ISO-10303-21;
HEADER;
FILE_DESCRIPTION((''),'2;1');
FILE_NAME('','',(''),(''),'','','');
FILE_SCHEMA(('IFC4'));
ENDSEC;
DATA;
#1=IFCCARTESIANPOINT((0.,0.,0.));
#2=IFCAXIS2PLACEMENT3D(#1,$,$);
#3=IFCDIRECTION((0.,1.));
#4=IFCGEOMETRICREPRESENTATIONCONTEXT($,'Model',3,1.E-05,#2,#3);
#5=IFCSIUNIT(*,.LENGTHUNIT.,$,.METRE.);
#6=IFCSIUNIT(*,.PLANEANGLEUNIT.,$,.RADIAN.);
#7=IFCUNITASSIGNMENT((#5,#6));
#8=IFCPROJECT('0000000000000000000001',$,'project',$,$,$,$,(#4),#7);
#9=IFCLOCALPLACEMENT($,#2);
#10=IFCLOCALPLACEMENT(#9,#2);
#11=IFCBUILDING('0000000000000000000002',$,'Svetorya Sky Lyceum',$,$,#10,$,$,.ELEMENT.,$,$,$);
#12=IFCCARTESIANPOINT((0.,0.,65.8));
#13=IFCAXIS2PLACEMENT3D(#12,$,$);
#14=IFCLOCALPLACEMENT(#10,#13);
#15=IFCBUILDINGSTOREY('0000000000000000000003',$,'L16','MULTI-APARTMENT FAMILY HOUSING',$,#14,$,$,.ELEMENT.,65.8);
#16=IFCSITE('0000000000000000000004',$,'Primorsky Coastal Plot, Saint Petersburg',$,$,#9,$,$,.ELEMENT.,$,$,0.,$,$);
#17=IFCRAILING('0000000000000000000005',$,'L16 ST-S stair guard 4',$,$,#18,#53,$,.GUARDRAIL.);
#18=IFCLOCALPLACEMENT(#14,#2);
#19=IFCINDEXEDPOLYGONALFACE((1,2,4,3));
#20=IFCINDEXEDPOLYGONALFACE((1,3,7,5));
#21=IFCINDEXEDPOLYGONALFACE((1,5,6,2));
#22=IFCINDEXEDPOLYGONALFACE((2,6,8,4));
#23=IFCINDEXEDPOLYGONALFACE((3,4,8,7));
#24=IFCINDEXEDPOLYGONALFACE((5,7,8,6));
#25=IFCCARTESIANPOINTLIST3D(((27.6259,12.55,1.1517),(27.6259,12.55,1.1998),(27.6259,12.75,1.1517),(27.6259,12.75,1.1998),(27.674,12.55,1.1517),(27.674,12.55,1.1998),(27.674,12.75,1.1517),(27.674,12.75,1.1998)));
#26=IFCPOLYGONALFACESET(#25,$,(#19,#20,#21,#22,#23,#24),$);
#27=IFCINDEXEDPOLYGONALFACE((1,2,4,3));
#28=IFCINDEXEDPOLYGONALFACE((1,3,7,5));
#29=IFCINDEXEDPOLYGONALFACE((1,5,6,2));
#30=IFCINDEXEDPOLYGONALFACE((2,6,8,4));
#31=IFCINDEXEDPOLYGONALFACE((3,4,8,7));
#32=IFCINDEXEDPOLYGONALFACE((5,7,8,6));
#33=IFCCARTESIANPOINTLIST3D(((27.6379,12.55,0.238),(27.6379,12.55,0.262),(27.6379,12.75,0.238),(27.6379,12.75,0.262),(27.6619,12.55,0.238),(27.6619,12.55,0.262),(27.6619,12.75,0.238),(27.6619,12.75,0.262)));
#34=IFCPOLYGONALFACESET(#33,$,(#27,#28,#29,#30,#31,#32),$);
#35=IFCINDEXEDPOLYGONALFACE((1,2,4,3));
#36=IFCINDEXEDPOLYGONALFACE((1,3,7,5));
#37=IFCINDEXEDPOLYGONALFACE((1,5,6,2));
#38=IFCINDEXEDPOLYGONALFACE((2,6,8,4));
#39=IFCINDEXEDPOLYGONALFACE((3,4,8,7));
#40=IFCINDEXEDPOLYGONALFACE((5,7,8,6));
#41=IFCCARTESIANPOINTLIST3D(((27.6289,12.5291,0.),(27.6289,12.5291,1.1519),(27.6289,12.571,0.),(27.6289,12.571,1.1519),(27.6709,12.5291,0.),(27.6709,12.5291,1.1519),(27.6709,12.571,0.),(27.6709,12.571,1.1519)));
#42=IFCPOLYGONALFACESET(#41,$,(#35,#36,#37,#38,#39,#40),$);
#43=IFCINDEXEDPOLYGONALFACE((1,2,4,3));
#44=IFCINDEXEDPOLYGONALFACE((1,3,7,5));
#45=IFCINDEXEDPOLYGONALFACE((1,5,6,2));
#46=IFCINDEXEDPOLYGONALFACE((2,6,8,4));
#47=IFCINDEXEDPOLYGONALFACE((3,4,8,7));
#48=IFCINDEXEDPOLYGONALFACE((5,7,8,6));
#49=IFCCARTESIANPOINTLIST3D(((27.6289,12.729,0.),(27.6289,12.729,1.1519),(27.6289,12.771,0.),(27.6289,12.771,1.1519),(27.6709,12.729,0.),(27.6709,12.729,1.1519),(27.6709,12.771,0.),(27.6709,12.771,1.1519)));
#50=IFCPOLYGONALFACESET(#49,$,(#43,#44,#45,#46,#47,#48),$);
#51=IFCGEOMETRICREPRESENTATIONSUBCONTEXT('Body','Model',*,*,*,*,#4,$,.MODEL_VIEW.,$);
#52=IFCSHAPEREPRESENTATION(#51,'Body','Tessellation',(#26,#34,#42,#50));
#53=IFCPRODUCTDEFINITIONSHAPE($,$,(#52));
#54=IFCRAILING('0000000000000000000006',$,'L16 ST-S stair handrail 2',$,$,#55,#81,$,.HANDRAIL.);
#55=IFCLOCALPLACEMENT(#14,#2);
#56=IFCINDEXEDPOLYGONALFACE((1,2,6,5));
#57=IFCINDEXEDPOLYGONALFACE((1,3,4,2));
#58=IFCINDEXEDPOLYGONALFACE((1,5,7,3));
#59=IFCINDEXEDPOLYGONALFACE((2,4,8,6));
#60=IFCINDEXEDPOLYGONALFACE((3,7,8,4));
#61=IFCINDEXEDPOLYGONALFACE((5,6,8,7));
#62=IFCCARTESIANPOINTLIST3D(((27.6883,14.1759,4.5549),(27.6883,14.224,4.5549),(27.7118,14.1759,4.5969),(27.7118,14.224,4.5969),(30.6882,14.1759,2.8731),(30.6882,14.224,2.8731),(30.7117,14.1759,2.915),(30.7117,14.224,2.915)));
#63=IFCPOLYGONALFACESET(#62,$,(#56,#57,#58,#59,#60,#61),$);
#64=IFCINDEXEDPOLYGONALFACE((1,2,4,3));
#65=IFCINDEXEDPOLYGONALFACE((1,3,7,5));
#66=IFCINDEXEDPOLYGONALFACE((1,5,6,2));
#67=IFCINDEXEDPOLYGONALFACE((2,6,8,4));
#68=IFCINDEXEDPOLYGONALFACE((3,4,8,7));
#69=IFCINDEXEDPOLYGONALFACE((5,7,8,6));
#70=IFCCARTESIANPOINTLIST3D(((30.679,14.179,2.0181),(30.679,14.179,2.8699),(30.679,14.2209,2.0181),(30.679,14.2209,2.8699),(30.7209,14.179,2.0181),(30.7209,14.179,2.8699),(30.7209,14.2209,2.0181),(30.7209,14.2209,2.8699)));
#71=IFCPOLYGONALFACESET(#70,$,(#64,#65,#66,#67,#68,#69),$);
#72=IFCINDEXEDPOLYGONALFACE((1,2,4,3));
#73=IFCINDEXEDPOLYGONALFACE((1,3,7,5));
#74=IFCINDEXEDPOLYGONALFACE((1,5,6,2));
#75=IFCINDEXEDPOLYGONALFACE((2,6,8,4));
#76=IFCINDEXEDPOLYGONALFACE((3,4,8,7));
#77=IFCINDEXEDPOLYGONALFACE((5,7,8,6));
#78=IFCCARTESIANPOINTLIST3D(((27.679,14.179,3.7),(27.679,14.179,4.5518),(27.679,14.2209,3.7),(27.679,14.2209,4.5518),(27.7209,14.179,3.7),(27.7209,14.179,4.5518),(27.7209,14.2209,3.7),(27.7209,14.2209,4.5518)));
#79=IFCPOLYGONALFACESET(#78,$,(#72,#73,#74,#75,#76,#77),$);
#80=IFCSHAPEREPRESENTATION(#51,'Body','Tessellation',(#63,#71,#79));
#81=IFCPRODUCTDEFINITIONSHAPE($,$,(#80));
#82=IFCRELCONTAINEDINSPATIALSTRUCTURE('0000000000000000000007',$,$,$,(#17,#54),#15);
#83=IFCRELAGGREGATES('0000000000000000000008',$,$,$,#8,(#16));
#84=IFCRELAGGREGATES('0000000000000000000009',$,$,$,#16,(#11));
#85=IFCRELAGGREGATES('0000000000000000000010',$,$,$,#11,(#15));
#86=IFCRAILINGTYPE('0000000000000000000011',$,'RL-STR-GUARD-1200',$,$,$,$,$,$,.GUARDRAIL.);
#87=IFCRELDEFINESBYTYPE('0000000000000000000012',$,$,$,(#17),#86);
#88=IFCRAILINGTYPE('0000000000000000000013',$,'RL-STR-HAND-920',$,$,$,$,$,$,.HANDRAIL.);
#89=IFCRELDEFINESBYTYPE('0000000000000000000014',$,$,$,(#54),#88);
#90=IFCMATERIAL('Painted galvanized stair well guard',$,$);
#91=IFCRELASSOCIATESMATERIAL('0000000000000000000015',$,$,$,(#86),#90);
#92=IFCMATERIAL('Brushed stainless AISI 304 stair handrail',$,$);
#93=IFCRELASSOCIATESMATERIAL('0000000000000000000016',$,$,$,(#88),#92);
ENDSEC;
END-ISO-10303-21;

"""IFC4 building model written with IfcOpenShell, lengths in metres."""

from ifc_helpers import new_model, si_unit, direction, frame, origin, origin_2d, place, context, subcontext, project, spatial, rectangle, extrude, material, type_object, element, save


model = new_model("IFC4")

# Units and contexts
model_context = context("Model", 3, precision=1e-05, world=origin(), true_north=direction((0.0, 1.0)))
body_context = subcontext(model_context, "Body", "Model", "MODEL_VIEW")
ifc_project = project(units=[si_unit("LENGTHUNIT", "METRE"), si_unit("PLANEANGLEUNIT", "RADIAN")], contexts=[model_context])

# Site, building, storey
site_placement = place(None, origin())
site = spatial("IfcSite", under=ifc_project, at=site_placement, Name="Primorsky Coastal Plot, Saint Petersburg", CompositionType="ELEMENT", RefElevation=0.0)
building_placement = place(site_placement, origin())
building = spatial("IfcBuilding", under=site, at=building_placement, Name="Svetorya Sky Lyceum", CompositionType="ELEMENT")
storey_placement = place(building_placement, frame((0.0, 0.0, 65.8)))
storey = spatial("IfcBuildingStorey", under=building, at=storey_placement, Name="L16", Description="MULTI-APARTMENT FAMILY HOUSING", CompositionType="ELEMENT", Elevation=65.8)

# Railings
ifc_material_1 = material(Name="Painted galvanized stair well guard")
railing_type_1 = type_object("IfcRailingType", Name="RL-STR-GUARD-1200", PredefinedType="GUARDRAIL", material=ifc_material_1)
railing_1_placement = place(storey_placement, frame((27.6499, 12.55, 0.0)))
element("IfcRailing", 1, at=railing_1_placement, inside=storey, type_object=railing_type_1, Name="L16 ST-S stair guard 4", PredefinedType="GUARDRAIL", context=body_context, shape_type="SweptSolid", body=[
    extrude(rectangle(XDim=0.0481, YDim=0.0481, at=origin_2d()), frame((0.0, 0.0, 1.1758), z_axis=(0.0, 1.0, 0.0), x_axis=(-1.0, 0.0, 0.0)), (0.0, 0.0, 1.0), 0.2),
    extrude(rectangle(XDim=0.0239, YDim=0.0239, at=origin_2d()), frame((0.0, 0.0, 0.25), z_axis=(0.0, 1.0, 0.0), x_axis=(-1.0, 0.0, 0.0)), (0.0, 0.0, 1.0), 0.2),
    extrude(rectangle(XDim=0.042, YDim=0.042, at=origin_2d()), origin(), (0.0, 0.0, 1.0), 1.1519),
    extrude(rectangle(XDim=0.042, YDim=0.042, at=origin_2d()), frame((0.0, 0.2, 0.0)), (0.0, 0.0, 1.0), 1.1519),
])
ifc_material_2 = material(Name="Brushed stainless AISI 304 stair handrail")
railing_type_2 = type_object("IfcRailingType", Name="RL-STR-HAND-920", PredefinedType="HANDRAIL", material=ifc_material_2)
railing_2_placement = place(storey_placement, frame((30.7, 14.2, 2.0181)))
element("IfcRailing", 2, at=railing_2_placement, inside=storey, type_object=railing_type_2, Name="L16 ST-S stair handrail 2", PredefinedType="HANDRAIL", context=body_context, shape_type="SweptSolid", body=[
    extrude(rectangle(XDim=0.0481, YDim=0.0481, at=origin_2d()), frame((0.0, 0.0, 0.876), z_axis=(-0.872272, 0.0, 0.48902), x_axis=(0.0, -1.0, 0.0)), (0.0, 0.0, 1.0), 3.4392),
    extrude(rectangle(XDim=0.042, YDim=0.042, at=origin_2d()), origin(), (0.0, 0.0, 1.0), 0.8518),
    extrude(rectangle(XDim=0.042, YDim=0.042, at=origin_2d()), frame((-3.0, 0.0, 1.6819)), (0.0, 0.0, 1.0), 0.8518),
])

save(model, "model.ifc")
